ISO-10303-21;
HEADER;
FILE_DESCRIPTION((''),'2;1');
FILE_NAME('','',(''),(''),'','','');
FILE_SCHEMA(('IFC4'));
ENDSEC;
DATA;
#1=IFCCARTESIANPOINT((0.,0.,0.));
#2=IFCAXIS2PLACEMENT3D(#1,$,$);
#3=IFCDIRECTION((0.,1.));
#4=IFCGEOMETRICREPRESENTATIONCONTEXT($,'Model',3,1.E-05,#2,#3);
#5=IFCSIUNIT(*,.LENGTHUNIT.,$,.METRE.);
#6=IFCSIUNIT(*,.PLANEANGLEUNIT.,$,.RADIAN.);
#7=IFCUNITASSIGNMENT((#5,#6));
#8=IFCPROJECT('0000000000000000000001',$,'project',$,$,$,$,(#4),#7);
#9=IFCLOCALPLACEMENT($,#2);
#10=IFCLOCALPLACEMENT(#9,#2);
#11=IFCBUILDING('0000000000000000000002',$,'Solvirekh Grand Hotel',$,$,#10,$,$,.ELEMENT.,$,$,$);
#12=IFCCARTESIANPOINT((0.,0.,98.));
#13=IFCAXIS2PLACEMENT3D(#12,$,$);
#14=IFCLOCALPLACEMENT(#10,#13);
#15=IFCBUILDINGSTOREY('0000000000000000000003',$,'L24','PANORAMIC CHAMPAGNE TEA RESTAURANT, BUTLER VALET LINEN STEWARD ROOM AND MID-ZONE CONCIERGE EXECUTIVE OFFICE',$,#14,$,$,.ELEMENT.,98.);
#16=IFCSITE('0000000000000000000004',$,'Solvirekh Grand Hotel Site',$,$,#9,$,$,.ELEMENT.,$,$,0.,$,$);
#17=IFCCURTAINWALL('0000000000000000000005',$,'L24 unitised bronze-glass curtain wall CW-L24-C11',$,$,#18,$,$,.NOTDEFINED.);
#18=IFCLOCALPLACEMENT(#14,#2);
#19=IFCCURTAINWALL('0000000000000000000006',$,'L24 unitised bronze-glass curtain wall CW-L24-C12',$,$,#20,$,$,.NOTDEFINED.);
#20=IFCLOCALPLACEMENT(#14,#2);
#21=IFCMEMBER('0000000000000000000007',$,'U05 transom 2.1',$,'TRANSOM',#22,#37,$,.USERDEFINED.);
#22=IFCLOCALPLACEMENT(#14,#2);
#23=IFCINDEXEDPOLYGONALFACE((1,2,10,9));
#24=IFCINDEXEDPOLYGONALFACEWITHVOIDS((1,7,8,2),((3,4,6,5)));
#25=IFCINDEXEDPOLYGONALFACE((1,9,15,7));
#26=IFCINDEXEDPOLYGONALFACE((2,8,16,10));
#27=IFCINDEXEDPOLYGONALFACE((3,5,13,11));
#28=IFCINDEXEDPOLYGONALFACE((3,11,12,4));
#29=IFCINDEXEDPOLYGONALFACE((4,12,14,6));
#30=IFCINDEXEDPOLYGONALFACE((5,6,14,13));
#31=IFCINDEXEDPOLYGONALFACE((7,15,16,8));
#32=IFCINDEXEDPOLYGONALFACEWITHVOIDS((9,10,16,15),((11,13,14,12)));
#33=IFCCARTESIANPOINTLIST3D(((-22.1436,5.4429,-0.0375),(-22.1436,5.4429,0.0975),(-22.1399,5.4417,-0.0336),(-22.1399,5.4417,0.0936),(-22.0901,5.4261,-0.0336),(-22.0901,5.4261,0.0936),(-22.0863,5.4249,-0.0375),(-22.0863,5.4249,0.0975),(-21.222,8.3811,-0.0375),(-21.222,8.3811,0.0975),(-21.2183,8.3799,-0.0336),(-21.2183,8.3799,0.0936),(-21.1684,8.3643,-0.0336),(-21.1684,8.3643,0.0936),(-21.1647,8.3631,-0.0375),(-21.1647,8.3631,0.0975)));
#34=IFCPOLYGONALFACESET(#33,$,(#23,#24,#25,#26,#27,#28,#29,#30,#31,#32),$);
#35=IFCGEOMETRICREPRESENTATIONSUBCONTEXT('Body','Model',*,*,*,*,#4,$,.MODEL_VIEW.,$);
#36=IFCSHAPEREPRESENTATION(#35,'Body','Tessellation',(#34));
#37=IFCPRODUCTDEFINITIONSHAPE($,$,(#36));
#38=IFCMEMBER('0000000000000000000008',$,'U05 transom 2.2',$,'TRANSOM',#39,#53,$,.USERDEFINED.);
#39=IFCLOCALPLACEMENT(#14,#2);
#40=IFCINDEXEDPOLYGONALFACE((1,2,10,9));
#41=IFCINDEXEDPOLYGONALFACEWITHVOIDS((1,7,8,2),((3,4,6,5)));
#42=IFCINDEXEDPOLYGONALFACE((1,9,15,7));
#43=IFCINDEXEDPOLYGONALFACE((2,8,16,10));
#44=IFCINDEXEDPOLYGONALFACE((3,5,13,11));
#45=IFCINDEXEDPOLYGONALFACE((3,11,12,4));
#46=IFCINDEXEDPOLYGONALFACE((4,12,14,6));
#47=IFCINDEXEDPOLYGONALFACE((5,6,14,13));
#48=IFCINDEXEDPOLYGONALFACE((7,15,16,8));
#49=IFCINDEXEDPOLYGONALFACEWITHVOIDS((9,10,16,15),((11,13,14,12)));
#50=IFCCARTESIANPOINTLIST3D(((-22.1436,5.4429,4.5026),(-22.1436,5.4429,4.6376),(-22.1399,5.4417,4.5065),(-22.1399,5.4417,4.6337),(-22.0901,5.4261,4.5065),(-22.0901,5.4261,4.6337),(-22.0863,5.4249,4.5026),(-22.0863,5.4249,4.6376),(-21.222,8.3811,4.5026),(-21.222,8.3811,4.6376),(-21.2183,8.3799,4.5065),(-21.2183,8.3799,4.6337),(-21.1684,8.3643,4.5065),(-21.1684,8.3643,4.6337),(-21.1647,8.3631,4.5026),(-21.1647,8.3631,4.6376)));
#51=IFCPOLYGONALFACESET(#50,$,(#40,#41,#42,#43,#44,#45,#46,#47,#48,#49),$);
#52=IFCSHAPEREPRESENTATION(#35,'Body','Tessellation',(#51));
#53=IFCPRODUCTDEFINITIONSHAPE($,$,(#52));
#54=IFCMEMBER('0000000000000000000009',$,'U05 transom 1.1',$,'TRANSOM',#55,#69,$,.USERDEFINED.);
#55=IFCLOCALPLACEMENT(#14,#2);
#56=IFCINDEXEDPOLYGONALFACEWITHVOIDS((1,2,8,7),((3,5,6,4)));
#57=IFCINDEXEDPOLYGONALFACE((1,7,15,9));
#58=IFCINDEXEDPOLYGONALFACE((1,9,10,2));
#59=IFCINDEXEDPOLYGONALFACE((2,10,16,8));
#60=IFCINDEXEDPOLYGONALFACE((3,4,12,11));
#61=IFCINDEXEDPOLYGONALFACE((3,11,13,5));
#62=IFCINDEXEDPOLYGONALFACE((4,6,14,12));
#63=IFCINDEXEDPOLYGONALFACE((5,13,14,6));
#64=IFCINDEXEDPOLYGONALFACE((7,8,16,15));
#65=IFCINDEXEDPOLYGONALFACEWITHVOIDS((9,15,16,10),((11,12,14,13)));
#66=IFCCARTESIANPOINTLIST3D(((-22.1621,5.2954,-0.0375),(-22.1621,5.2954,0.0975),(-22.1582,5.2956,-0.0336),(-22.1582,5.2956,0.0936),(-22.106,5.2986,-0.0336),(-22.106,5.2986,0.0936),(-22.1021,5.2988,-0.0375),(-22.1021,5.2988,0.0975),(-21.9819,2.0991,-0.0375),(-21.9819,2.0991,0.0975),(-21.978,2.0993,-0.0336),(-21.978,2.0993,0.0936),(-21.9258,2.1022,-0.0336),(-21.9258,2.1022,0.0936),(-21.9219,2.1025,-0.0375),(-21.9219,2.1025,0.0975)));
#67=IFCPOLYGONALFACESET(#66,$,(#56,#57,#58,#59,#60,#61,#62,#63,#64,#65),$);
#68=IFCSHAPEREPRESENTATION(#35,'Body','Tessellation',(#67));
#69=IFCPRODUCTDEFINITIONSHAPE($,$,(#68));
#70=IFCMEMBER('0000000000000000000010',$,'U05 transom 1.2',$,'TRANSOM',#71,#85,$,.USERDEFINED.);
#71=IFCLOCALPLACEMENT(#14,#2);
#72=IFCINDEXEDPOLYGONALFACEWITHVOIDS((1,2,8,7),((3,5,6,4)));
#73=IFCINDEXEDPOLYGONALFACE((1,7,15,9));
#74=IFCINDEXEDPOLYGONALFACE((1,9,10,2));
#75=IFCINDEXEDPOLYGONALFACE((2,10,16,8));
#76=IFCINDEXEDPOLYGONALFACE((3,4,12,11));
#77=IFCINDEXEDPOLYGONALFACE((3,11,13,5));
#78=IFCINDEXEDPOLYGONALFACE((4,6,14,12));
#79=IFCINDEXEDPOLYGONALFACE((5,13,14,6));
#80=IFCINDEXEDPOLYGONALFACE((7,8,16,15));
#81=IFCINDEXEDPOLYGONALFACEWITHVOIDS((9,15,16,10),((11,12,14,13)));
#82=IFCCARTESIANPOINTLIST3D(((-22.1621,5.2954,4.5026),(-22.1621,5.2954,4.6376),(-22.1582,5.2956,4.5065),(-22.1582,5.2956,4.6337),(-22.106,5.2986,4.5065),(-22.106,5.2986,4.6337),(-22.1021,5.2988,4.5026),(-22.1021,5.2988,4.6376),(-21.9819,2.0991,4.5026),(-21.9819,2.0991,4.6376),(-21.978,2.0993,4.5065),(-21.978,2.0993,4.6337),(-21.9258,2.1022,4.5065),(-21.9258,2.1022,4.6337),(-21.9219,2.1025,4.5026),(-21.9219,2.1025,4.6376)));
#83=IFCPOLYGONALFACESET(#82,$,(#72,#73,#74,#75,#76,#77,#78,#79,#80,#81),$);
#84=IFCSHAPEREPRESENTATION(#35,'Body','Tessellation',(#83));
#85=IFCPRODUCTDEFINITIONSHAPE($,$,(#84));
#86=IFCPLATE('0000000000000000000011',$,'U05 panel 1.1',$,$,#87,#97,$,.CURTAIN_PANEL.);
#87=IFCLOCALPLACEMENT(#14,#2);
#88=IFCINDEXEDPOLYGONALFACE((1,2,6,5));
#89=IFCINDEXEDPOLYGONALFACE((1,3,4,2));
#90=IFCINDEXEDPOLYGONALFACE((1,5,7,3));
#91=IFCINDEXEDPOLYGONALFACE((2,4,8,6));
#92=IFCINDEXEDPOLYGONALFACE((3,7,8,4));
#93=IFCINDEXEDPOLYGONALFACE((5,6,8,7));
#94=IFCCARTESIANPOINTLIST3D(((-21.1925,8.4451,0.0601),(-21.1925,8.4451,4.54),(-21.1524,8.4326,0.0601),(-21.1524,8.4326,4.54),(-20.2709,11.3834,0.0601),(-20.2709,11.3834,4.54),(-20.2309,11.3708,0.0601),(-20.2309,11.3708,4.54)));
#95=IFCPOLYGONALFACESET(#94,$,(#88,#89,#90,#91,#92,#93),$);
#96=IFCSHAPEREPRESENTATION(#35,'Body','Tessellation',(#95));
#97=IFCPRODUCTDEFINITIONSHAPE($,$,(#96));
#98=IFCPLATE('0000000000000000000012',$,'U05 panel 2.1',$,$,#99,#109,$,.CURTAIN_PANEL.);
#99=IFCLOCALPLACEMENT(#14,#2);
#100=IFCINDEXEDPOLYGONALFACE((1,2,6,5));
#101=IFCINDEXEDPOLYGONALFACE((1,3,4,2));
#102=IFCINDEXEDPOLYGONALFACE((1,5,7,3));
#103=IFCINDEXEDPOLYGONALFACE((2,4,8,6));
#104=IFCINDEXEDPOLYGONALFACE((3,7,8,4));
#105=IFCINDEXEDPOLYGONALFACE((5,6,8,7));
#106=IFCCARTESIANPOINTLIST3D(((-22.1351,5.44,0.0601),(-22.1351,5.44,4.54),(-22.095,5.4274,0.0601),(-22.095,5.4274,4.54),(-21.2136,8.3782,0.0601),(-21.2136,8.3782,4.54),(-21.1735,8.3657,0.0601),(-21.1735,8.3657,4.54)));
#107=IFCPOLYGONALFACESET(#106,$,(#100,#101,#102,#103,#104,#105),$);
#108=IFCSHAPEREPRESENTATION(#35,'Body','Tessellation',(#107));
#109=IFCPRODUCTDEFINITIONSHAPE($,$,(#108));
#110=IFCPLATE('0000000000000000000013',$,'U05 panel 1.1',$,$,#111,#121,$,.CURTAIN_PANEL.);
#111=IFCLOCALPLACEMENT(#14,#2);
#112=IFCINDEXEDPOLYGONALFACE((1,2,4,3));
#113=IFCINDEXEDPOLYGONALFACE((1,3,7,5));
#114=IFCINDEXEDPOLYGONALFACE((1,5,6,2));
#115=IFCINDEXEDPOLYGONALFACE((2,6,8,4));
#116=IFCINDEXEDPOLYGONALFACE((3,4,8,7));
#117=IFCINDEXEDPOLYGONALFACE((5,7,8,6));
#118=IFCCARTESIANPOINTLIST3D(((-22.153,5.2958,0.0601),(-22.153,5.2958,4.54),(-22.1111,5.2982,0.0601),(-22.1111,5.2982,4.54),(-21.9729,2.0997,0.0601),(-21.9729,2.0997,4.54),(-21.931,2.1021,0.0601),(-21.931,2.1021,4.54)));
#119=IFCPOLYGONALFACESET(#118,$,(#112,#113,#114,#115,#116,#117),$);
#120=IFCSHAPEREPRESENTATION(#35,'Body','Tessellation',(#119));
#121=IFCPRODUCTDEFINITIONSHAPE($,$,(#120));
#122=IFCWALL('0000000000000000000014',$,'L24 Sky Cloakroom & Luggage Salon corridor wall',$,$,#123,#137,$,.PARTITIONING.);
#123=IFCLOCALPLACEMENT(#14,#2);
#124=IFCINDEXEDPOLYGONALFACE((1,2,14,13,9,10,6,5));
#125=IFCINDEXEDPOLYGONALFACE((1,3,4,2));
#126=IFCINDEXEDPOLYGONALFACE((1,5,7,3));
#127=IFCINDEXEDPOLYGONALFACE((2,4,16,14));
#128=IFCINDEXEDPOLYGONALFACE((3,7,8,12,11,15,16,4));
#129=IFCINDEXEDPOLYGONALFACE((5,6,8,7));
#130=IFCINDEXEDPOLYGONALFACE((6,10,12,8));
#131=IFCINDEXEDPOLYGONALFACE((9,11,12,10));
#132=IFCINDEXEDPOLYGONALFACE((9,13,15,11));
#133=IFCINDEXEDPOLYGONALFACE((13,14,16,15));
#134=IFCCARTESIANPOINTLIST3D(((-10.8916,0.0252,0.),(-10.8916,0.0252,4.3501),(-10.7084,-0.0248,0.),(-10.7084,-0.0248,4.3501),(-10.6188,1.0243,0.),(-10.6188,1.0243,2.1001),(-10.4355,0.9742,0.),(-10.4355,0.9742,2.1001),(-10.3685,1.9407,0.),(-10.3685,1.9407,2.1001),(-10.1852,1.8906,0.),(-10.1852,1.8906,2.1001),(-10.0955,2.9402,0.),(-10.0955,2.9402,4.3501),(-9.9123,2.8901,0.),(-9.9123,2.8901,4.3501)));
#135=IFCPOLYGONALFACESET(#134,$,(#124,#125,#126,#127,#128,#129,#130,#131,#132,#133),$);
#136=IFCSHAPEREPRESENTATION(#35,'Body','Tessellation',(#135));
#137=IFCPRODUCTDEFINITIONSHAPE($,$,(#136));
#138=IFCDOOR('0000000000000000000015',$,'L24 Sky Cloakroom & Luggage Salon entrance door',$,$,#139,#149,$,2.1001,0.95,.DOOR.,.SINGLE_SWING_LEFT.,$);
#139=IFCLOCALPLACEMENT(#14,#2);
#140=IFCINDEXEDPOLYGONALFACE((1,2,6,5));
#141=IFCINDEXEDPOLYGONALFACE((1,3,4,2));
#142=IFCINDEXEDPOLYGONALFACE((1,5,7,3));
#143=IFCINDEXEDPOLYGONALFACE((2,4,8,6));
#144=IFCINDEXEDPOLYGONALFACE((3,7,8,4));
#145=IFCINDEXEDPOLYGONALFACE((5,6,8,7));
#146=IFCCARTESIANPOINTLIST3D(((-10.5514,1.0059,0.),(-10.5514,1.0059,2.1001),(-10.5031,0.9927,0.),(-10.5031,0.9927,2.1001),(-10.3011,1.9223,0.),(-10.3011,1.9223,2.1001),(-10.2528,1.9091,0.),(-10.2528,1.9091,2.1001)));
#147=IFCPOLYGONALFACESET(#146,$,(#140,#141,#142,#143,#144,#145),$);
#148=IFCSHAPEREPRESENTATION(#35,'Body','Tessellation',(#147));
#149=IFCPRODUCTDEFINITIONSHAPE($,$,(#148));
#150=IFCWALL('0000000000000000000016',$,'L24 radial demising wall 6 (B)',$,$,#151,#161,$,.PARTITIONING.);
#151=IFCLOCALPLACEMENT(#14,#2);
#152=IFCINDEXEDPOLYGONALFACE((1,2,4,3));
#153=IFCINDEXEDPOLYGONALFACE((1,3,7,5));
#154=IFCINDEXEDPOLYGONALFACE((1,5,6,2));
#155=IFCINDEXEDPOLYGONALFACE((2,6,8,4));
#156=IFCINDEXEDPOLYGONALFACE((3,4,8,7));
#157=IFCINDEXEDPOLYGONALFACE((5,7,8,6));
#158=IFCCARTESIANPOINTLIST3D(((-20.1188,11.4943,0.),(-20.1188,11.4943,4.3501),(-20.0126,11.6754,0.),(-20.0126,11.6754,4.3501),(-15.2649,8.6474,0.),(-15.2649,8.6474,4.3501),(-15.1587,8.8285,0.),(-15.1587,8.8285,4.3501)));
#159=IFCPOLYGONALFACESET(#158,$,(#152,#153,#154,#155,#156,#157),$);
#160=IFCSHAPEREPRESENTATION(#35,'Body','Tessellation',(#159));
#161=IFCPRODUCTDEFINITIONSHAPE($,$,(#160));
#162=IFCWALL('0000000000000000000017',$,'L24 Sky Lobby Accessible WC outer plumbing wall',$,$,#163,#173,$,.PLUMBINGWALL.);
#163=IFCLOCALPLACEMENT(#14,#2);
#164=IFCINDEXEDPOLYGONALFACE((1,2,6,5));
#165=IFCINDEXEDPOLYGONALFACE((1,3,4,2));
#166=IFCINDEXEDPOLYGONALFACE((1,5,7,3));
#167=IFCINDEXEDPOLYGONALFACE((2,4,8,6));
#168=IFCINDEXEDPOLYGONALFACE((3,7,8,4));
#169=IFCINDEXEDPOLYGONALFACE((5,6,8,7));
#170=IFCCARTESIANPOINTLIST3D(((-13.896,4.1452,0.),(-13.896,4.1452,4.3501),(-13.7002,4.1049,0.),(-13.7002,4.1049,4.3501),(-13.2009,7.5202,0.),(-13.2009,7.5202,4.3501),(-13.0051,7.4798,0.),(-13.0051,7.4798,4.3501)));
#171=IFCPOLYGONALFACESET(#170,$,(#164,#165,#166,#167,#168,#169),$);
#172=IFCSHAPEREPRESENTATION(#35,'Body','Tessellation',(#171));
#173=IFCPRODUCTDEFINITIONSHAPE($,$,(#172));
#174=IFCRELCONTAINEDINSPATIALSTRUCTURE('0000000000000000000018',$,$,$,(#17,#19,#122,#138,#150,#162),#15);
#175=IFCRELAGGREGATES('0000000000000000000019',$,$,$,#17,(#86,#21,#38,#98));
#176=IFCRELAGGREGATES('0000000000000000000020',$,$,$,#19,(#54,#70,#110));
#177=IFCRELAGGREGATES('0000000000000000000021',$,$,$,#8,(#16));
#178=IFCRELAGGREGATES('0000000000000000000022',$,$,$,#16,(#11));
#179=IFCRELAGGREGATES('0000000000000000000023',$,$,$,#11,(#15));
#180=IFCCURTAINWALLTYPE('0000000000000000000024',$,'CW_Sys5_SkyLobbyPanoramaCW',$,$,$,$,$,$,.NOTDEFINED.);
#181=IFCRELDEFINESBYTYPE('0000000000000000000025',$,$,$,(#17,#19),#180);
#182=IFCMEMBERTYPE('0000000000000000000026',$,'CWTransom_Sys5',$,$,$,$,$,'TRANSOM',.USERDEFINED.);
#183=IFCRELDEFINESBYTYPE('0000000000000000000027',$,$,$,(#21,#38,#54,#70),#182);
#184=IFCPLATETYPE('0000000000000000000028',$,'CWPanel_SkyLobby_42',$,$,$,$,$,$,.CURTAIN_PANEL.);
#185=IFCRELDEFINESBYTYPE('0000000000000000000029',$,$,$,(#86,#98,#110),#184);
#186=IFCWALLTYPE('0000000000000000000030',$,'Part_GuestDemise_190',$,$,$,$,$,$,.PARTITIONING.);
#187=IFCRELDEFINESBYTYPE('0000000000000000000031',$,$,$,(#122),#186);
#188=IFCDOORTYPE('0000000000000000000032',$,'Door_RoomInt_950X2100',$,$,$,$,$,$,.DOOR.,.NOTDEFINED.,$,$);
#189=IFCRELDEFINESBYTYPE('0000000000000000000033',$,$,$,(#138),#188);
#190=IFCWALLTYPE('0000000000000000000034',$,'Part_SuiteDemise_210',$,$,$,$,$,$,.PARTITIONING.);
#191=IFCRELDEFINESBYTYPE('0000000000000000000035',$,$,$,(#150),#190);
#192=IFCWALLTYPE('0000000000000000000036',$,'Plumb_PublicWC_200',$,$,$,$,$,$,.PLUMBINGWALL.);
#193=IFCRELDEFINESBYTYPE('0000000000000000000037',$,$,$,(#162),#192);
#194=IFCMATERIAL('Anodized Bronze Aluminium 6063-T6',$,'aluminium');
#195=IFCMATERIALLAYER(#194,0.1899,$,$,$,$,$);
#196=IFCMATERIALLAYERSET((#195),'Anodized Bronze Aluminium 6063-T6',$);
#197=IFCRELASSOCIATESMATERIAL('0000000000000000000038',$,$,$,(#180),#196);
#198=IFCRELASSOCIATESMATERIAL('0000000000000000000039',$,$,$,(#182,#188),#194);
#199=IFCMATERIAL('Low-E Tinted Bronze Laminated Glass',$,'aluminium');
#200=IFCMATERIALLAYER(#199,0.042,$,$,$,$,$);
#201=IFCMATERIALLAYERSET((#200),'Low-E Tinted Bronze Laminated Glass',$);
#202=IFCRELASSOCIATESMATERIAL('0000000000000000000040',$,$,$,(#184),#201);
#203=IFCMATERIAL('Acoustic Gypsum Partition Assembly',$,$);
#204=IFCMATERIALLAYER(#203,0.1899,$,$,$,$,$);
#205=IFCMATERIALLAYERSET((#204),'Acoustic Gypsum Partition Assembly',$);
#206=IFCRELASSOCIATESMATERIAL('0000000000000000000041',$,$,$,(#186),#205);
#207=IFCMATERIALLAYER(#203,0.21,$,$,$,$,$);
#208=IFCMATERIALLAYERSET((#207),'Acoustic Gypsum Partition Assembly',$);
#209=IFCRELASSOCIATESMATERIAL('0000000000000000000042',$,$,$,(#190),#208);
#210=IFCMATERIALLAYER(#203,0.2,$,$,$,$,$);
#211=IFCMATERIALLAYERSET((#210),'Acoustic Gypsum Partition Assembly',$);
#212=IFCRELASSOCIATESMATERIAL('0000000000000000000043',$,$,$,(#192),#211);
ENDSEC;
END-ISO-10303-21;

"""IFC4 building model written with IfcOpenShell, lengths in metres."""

from ifc_helpers import new_model, si_unit, direction, frame, frame_2d, origin, origin_2d, place, context, subcontext, project, spatial, rectangle, hollow_rectangle, extrude, source, transform, mapped, material, layer, layer_set, material_profile, profile_set, type_object, element, fill, aggregate, save


model = new_model("IFC4")

# Units and contexts
model_context = context("Model", 3, precision=1e-05, world=origin(), true_north=direction((0.0, 1.0)))
body_context = subcontext(model_context, "Body", "Model", "MODEL_VIEW")
ifc_project = project(units=[si_unit("LENGTHUNIT", "METRE"), si_unit("PLANEANGLEUNIT", "RADIAN")], contexts=[model_context])

# Site, building, storey
site_placement = place(None, origin())
site = spatial("IfcSite", under=ifc_project, at=site_placement, Name="Solvirekh Grand Hotel Site", CompositionType="ELEMENT", RefElevation=0.0)
building_placement = place(site_placement, origin())
building = spatial("IfcBuilding", under=site, at=building_placement, Name="Solvirekh Grand Hotel", CompositionType="ELEMENT")
storey_placement = place(building_placement, frame((0.0, 0.0, 98.0)))
storey = spatial("IfcBuildingStorey", under=building, at=storey_placement, Name="L24", Description="PANORAMIC CHAMPAGNE TEA RESTAURANT, BUTLER VALET LINEN STEWARD ROOM AND MID-ZONE CONCIERGE EXECUTIVE OFFICE", CompositionType="ELEMENT", Elevation=98.0)

# Curtain wall
ifc_material_1 = material(Name="Anodized Bronze Aluminium 6063-T6", Category="aluminium")
ifc_layer_1 = layer(ifc_material_1, 0.1899)
ifc_layer_set_1 = layer_set([ifc_layer_1], Name="Anodized Bronze Aluminium 6063-T6")
curtain_wall_type = type_object("IfcCurtainWallType", Name="CW_Sys5_SkyLobbyPanoramaCW", PredefinedType="NOTDEFINED", material=ifc_layer_set_1)
curtain_wall_1_placement = place(storey_placement, origin())
curtain_wall_1 = element("IfcCurtainWall", 1, at=curtain_wall_1_placement, inside=storey, type_object=curtain_wall_type, Name="L24 unitised bronze-glass curtain wall CW-L24-C11", PredefinedType="NOTDEFINED")

# Curtain wall
curtain_wall_2_placement = place(storey_placement, origin())
curtain_wall_2 = element("IfcCurtainWall", 2, at=curtain_wall_2_placement, inside=storey, type_object=curtain_wall_type, Name="L24 unitised bronze-glass curtain wall CW-L24-C12", PredefinedType="NOTDEFINED")

# Members
ifc_material_profile_1 = material_profile(ifc_material_1, hollow_rectangle(XDim=0.0601, YDim=0.135, WallThickness=0.0039, at=origin_2d()), Name="ALU RHS 135X60X4")
ifc_profile_set_1 = profile_set([ifc_material_profile_1], Name="Anodized Bronze Aluminium 6063-T6")
member_type_1 = type_object("IfcMemberType", Name="CWTransom_Sys5", ElementType="TRANSOM", PredefinedType="USERDEFINED", material=ifc_profile_set_1)
shared_shape_1 = source(origin(), body_context, "Body", "SweptSolid", [
    extrude(hollow_rectangle(XDim=0.0601, YDim=0.135, WallThickness=0.0039, at=origin_2d()), origin(), (0.0, 0.0, 1.0), 3.0793),
])
member_1_placement = place(storey_placement, frame((-21.1934, 8.3721, 0.03), z_axis=(-0.299291, -0.954162, 0.0), x_axis=(0.954162, -0.299291, 0.0)))
member_1 = element("IfcMember", 3, at=member_1_placement, type_object=member_type_1, Name="U05 transom 2.1", ObjectType="TRANSOM", PredefinedType="USERDEFINED", context=body_context, shape_type="MappedRepresentation", body=[
    mapped(shared_shape_1, transform((0.0, 0.0, 0.0), x_axis=(1.0, 0.0, 0.0), y_axis=(0.0, 1.0, 0.0), z_axis=(0.0, 0.0, 1.0), scale=1.0)),
])
member_2_placement = place(storey_placement, frame((-21.1934, 8.3721, 4.5701), z_axis=(-0.299291, -0.954162, 0.0), x_axis=(0.954162, -0.299291, 0.0)))
member_2 = element("IfcMember", 4, at=member_2_placement, type_object=member_type_1, Name="U05 transom 2.2", ObjectType="TRANSOM", PredefinedType="USERDEFINED", context=body_context, shape_type="MappedRepresentation", body=[
    mapped(shared_shape_1, transform((0.0, 0.0, 0.0), x_axis=(1.0, 0.0, 0.0), y_axis=(0.0, 1.0, 0.0), z_axis=(0.0, 0.0, 1.0), scale=1.0)),
])
shared_shape_2 = source(origin(), body_context, "Body", "SweptSolid", [
    extrude(hollow_rectangle(XDim=0.0601, YDim=0.135, WallThickness=0.0039, at=origin_2d()), origin(), (0.0, 0.0, 1.0), 3.2014),
])
member_3_placement = place(storey_placement, frame((-22.1321, 5.2971, 0.03), z_axis=(0.056281, -0.998415, 0.0), x_axis=(0.998415, 0.056281, 0.0)))
member_3 = element("IfcMember", 5, at=member_3_placement, type_object=member_type_1, Name="U05 transom 1.1", ObjectType="TRANSOM", PredefinedType="USERDEFINED", context=body_context, shape_type="MappedRepresentation", body=[
    mapped(shared_shape_2, transform((0.0, 0.0, 0.0), x_axis=(1.0, 0.0, 0.0), y_axis=(0.0, 1.0, 0.0), z_axis=(0.0, 0.0, 1.0), scale=1.0)),
])
member_4_placement = place(storey_placement, frame((-22.1321, 5.2971, 4.5701), z_axis=(0.056281, -0.998415, 0.0), x_axis=(0.998415, 0.056281, 0.0)))
member_4 = element("IfcMember", 6, at=member_4_placement, type_object=member_type_1, Name="U05 transom 1.2", ObjectType="TRANSOM", PredefinedType="USERDEFINED", context=body_context, shape_type="MappedRepresentation", body=[
    mapped(shared_shape_2, transform((0.0, 0.0, 0.0), x_axis=(1.0, 0.0, 0.0), y_axis=(0.0, 1.0, 0.0), z_axis=(0.0, 0.0, 1.0), scale=1.0)),
])

# Plates
ifc_material_2 = material(Name="Low-E Tinted Bronze Laminated Glass", Category="aluminium")
ifc_layer_2 = layer(ifc_material_2, 0.042)
ifc_layer_set_2 = layer_set([ifc_layer_2], Name="Low-E Tinted Bronze Laminated Glass")
plate_type = type_object("IfcPlateType", Name="CWPanel_SkyLobby_42", PredefinedType="CURTAIN_PANEL", material=ifc_layer_set_2)
shared_shape_3 = source(origin(), body_context, "Body", "SweptSolid", [
    extrude(rectangle(XDim=3.0793, YDim=0.042, at=origin_2d()), origin(), (0.0, 0.0, 1.0), 4.48),
])
plate_1_placement = place(storey_placement, frame((-20.7117, 9.908, 0.0601), z_axis=(0.0, 0.0, 1.0), x_axis=(-0.299267, -0.954169, 0.0)))
plate_1 = element("IfcPlate", 7, at=plate_1_placement, type_object=plate_type, Name="U05 panel 1.1", PredefinedType="CURTAIN_PANEL", context=body_context, shape_type="MappedRepresentation", body=[
    mapped(shared_shape_3, transform((0.0, 0.0, 0.0), x_axis=(1.0, 0.0, 0.0), y_axis=(0.0, 1.0, 0.0), z_axis=(0.0, 0.0, 1.0), scale=1.0)),
])
plate_2_placement = place(storey_placement, frame((-21.6543, 6.9028, 0.0601), z_axis=(0.0, 0.0, 1.0), x_axis=(-0.299267, -0.954169, 0.0)))
plate_2 = element("IfcPlate", 8, at=plate_2_placement, type_object=plate_type, Name="U05 panel 2.1", PredefinedType="CURTAIN_PANEL", context=body_context, shape_type="MappedRepresentation", body=[
    mapped(shared_shape_3, transform((0.0, 0.0, 0.0), x_axis=(1.0, 0.0, 0.0), y_axis=(0.0, 1.0, 0.0), z_axis=(0.0, 0.0, 1.0), scale=1.0)),
])
aggregate(curtain_wall_1, [plate_1, member_1, member_2, plate_2])
shared_shape_4 = source(origin(), body_context, "Body", "SweptSolid", [
    extrude(rectangle(XDim=3.2012, YDim=0.042, at=origin_2d()), origin(), (0.0, 0.0, 1.0), 4.48),
])
plate_3_placement = place(storey_placement, frame((-22.042, 3.699, 0.0601), z_axis=(0.0, 0.0, 1.0), x_axis=(0.056257, -0.998416, 0.0)))
plate_3 = element("IfcPlate", 9, at=plate_3_placement, type_object=plate_type, Name="U05 panel 1.1", PredefinedType="CURTAIN_PANEL", context=body_context, shape_type="MappedRepresentation", body=[
    mapped(shared_shape_4, transform((0.0, 0.0, 0.0), x_axis=(1.0, 0.0, 0.0), y_axis=(0.0, 1.0, 0.0), z_axis=(0.0, 0.0, 1.0), scale=1.0)),
])
aggregate(curtain_wall_2, [member_3, member_4, plate_3])

# Wall, opening, door
ifc_material_3 = material(Name="Acoustic Gypsum Partition Assembly")
ifc_layer_3 = layer(ifc_material_3, 0.1899)
ifc_layer_set_3 = layer_set([ifc_layer_3], Name="Acoustic Gypsum Partition Assembly")
wall_type_1 = type_object("IfcWallType", Name="Part_GuestDemise_190", PredefinedType="PARTITIONING", material=ifc_layer_set_3)
wall_1_placement = place(storey_placement, frame((-10.0039, 2.915, 0.0), z_axis=(0.0, 0.0, 1.0), x_axis=(-0.263466, -0.964669, 0.0)))
wall_1 = element("IfcWall", 10, at=wall_1_placement, inside=storey, type_object=wall_type_1, Name="L24 Sky Cloakroom & Luggage Salon corridor wall", PredefinedType="PARTITIONING", context=body_context, shape_type="SweptSolid", body=[
    extrude(rectangle(XDim=3.0217, YDim=0.1899, at=frame_2d((1.5107, 0.0))), origin(), (0.0, 0.0, 1.0), 4.3501),
])
opening_placement = place(wall_1_placement, frame((1.0359, 0.0, 0.0)))
opening = element("IfcOpeningElement", 11, at=opening_placement, cuts=wall_1, PredefinedType="OPENING", context=body_context, shape_type="SweptSolid", body=[
    extrude(rectangle(XDim=0.95, YDim=2.1001, at=frame_2d((0.4751, 1.05))), frame((0.0, 0.105, 0.0), z_axis=(0.0, -1.0, 0.0), x_axis=(1.0, 0.0, 0.0)), (0.0, 0.0, 1.0), 0.21),
])
door_type = type_object("IfcDoorType", Name="Door_RoomInt_950X2100", OperationType="NOTDEFINED", PredefinedType="DOOR", material=ifc_material_1)
door_placement = place(opening_placement, origin())
door = element("IfcDoor", 12, at=door_placement, inside=storey, type_object=door_type, Name="L24 Sky Cloakroom & Luggage Salon entrance door", OperationType="SINGLE_SWING_LEFT", OverallHeight=2.1001, OverallWidth=0.95, PredefinedType="DOOR", context=body_context, shape_type="SweptSolid", body=[
    extrude(rectangle(XDim=0.95, YDim=2.1001, at=frame_2d((0.4751, 1.05))), frame((0.0, 0.0249, 0.0), z_axis=(0.0, -1.0, 0.0), x_axis=(1.0, 0.0, 0.0)), (0.0, 0.0, 1.0), 0.05),
])
fill(opening, door)

# Walls
ifc_layer_4 = layer(ifc_material_3, 0.21)
ifc_layer_set_4 = layer_set([ifc_layer_4], Name="Acoustic Gypsum Partition Assembly")
wall_type_2 = type_object("IfcWallType", Name="Part_SuiteDemise_210", PredefinedType="PARTITIONING", material=ifc_layer_set_4)
wall_2_placement = place(storey_placement, frame((-15.2119, 8.738, 0.0), z_axis=(0.0, 0.0, 1.0), x_axis=(-0.862584, 0.505914, 0.0)))
element("IfcWall", 13, at=wall_2_placement, inside=storey, type_object=wall_type_2, Name="L24 radial demising wall 6 (B)", PredefinedType="PARTITIONING", context=body_context, shape_type="SweptSolid", body=[
    extrude(rectangle(XDim=5.6272, YDim=0.21, at=frame_2d((2.8135, 0.0))), origin(), (0.0, 0.0, 1.0), 4.3501),
])
ifc_layer_5 = layer(ifc_material_3, 0.2)
ifc_layer_set_5 = layer_set([ifc_layer_5], Name="Acoustic Gypsum Partition Assembly")
wall_type_3 = type_object("IfcWallType", Name="Plumb_PublicWC_200", PredefinedType="PLUMBINGWALL", material=ifc_layer_set_5)
wall_3_placement = place(storey_placement, frame((-13.103, 7.5, 0.0), z_axis=(0.0, 0.0, 1.0), x_axis=(-0.201713, -0.979445, 0.0)))
element("IfcWall", 14, at=wall_3_placement, inside=storey, type_object=wall_type_3, Name="L24 Sky Lobby Accessible WC outer plumbing wall", PredefinedType="PLUMBINGWALL", context=body_context, shape_type="SweptSolid", body=[
    extrude(rectangle(XDim=3.4458, YDim=0.2, at=frame_2d((1.7229, 0.0))), origin(), (0.0, 0.0, 1.0), 4.3501),
])

save(model, "model.ifc")
